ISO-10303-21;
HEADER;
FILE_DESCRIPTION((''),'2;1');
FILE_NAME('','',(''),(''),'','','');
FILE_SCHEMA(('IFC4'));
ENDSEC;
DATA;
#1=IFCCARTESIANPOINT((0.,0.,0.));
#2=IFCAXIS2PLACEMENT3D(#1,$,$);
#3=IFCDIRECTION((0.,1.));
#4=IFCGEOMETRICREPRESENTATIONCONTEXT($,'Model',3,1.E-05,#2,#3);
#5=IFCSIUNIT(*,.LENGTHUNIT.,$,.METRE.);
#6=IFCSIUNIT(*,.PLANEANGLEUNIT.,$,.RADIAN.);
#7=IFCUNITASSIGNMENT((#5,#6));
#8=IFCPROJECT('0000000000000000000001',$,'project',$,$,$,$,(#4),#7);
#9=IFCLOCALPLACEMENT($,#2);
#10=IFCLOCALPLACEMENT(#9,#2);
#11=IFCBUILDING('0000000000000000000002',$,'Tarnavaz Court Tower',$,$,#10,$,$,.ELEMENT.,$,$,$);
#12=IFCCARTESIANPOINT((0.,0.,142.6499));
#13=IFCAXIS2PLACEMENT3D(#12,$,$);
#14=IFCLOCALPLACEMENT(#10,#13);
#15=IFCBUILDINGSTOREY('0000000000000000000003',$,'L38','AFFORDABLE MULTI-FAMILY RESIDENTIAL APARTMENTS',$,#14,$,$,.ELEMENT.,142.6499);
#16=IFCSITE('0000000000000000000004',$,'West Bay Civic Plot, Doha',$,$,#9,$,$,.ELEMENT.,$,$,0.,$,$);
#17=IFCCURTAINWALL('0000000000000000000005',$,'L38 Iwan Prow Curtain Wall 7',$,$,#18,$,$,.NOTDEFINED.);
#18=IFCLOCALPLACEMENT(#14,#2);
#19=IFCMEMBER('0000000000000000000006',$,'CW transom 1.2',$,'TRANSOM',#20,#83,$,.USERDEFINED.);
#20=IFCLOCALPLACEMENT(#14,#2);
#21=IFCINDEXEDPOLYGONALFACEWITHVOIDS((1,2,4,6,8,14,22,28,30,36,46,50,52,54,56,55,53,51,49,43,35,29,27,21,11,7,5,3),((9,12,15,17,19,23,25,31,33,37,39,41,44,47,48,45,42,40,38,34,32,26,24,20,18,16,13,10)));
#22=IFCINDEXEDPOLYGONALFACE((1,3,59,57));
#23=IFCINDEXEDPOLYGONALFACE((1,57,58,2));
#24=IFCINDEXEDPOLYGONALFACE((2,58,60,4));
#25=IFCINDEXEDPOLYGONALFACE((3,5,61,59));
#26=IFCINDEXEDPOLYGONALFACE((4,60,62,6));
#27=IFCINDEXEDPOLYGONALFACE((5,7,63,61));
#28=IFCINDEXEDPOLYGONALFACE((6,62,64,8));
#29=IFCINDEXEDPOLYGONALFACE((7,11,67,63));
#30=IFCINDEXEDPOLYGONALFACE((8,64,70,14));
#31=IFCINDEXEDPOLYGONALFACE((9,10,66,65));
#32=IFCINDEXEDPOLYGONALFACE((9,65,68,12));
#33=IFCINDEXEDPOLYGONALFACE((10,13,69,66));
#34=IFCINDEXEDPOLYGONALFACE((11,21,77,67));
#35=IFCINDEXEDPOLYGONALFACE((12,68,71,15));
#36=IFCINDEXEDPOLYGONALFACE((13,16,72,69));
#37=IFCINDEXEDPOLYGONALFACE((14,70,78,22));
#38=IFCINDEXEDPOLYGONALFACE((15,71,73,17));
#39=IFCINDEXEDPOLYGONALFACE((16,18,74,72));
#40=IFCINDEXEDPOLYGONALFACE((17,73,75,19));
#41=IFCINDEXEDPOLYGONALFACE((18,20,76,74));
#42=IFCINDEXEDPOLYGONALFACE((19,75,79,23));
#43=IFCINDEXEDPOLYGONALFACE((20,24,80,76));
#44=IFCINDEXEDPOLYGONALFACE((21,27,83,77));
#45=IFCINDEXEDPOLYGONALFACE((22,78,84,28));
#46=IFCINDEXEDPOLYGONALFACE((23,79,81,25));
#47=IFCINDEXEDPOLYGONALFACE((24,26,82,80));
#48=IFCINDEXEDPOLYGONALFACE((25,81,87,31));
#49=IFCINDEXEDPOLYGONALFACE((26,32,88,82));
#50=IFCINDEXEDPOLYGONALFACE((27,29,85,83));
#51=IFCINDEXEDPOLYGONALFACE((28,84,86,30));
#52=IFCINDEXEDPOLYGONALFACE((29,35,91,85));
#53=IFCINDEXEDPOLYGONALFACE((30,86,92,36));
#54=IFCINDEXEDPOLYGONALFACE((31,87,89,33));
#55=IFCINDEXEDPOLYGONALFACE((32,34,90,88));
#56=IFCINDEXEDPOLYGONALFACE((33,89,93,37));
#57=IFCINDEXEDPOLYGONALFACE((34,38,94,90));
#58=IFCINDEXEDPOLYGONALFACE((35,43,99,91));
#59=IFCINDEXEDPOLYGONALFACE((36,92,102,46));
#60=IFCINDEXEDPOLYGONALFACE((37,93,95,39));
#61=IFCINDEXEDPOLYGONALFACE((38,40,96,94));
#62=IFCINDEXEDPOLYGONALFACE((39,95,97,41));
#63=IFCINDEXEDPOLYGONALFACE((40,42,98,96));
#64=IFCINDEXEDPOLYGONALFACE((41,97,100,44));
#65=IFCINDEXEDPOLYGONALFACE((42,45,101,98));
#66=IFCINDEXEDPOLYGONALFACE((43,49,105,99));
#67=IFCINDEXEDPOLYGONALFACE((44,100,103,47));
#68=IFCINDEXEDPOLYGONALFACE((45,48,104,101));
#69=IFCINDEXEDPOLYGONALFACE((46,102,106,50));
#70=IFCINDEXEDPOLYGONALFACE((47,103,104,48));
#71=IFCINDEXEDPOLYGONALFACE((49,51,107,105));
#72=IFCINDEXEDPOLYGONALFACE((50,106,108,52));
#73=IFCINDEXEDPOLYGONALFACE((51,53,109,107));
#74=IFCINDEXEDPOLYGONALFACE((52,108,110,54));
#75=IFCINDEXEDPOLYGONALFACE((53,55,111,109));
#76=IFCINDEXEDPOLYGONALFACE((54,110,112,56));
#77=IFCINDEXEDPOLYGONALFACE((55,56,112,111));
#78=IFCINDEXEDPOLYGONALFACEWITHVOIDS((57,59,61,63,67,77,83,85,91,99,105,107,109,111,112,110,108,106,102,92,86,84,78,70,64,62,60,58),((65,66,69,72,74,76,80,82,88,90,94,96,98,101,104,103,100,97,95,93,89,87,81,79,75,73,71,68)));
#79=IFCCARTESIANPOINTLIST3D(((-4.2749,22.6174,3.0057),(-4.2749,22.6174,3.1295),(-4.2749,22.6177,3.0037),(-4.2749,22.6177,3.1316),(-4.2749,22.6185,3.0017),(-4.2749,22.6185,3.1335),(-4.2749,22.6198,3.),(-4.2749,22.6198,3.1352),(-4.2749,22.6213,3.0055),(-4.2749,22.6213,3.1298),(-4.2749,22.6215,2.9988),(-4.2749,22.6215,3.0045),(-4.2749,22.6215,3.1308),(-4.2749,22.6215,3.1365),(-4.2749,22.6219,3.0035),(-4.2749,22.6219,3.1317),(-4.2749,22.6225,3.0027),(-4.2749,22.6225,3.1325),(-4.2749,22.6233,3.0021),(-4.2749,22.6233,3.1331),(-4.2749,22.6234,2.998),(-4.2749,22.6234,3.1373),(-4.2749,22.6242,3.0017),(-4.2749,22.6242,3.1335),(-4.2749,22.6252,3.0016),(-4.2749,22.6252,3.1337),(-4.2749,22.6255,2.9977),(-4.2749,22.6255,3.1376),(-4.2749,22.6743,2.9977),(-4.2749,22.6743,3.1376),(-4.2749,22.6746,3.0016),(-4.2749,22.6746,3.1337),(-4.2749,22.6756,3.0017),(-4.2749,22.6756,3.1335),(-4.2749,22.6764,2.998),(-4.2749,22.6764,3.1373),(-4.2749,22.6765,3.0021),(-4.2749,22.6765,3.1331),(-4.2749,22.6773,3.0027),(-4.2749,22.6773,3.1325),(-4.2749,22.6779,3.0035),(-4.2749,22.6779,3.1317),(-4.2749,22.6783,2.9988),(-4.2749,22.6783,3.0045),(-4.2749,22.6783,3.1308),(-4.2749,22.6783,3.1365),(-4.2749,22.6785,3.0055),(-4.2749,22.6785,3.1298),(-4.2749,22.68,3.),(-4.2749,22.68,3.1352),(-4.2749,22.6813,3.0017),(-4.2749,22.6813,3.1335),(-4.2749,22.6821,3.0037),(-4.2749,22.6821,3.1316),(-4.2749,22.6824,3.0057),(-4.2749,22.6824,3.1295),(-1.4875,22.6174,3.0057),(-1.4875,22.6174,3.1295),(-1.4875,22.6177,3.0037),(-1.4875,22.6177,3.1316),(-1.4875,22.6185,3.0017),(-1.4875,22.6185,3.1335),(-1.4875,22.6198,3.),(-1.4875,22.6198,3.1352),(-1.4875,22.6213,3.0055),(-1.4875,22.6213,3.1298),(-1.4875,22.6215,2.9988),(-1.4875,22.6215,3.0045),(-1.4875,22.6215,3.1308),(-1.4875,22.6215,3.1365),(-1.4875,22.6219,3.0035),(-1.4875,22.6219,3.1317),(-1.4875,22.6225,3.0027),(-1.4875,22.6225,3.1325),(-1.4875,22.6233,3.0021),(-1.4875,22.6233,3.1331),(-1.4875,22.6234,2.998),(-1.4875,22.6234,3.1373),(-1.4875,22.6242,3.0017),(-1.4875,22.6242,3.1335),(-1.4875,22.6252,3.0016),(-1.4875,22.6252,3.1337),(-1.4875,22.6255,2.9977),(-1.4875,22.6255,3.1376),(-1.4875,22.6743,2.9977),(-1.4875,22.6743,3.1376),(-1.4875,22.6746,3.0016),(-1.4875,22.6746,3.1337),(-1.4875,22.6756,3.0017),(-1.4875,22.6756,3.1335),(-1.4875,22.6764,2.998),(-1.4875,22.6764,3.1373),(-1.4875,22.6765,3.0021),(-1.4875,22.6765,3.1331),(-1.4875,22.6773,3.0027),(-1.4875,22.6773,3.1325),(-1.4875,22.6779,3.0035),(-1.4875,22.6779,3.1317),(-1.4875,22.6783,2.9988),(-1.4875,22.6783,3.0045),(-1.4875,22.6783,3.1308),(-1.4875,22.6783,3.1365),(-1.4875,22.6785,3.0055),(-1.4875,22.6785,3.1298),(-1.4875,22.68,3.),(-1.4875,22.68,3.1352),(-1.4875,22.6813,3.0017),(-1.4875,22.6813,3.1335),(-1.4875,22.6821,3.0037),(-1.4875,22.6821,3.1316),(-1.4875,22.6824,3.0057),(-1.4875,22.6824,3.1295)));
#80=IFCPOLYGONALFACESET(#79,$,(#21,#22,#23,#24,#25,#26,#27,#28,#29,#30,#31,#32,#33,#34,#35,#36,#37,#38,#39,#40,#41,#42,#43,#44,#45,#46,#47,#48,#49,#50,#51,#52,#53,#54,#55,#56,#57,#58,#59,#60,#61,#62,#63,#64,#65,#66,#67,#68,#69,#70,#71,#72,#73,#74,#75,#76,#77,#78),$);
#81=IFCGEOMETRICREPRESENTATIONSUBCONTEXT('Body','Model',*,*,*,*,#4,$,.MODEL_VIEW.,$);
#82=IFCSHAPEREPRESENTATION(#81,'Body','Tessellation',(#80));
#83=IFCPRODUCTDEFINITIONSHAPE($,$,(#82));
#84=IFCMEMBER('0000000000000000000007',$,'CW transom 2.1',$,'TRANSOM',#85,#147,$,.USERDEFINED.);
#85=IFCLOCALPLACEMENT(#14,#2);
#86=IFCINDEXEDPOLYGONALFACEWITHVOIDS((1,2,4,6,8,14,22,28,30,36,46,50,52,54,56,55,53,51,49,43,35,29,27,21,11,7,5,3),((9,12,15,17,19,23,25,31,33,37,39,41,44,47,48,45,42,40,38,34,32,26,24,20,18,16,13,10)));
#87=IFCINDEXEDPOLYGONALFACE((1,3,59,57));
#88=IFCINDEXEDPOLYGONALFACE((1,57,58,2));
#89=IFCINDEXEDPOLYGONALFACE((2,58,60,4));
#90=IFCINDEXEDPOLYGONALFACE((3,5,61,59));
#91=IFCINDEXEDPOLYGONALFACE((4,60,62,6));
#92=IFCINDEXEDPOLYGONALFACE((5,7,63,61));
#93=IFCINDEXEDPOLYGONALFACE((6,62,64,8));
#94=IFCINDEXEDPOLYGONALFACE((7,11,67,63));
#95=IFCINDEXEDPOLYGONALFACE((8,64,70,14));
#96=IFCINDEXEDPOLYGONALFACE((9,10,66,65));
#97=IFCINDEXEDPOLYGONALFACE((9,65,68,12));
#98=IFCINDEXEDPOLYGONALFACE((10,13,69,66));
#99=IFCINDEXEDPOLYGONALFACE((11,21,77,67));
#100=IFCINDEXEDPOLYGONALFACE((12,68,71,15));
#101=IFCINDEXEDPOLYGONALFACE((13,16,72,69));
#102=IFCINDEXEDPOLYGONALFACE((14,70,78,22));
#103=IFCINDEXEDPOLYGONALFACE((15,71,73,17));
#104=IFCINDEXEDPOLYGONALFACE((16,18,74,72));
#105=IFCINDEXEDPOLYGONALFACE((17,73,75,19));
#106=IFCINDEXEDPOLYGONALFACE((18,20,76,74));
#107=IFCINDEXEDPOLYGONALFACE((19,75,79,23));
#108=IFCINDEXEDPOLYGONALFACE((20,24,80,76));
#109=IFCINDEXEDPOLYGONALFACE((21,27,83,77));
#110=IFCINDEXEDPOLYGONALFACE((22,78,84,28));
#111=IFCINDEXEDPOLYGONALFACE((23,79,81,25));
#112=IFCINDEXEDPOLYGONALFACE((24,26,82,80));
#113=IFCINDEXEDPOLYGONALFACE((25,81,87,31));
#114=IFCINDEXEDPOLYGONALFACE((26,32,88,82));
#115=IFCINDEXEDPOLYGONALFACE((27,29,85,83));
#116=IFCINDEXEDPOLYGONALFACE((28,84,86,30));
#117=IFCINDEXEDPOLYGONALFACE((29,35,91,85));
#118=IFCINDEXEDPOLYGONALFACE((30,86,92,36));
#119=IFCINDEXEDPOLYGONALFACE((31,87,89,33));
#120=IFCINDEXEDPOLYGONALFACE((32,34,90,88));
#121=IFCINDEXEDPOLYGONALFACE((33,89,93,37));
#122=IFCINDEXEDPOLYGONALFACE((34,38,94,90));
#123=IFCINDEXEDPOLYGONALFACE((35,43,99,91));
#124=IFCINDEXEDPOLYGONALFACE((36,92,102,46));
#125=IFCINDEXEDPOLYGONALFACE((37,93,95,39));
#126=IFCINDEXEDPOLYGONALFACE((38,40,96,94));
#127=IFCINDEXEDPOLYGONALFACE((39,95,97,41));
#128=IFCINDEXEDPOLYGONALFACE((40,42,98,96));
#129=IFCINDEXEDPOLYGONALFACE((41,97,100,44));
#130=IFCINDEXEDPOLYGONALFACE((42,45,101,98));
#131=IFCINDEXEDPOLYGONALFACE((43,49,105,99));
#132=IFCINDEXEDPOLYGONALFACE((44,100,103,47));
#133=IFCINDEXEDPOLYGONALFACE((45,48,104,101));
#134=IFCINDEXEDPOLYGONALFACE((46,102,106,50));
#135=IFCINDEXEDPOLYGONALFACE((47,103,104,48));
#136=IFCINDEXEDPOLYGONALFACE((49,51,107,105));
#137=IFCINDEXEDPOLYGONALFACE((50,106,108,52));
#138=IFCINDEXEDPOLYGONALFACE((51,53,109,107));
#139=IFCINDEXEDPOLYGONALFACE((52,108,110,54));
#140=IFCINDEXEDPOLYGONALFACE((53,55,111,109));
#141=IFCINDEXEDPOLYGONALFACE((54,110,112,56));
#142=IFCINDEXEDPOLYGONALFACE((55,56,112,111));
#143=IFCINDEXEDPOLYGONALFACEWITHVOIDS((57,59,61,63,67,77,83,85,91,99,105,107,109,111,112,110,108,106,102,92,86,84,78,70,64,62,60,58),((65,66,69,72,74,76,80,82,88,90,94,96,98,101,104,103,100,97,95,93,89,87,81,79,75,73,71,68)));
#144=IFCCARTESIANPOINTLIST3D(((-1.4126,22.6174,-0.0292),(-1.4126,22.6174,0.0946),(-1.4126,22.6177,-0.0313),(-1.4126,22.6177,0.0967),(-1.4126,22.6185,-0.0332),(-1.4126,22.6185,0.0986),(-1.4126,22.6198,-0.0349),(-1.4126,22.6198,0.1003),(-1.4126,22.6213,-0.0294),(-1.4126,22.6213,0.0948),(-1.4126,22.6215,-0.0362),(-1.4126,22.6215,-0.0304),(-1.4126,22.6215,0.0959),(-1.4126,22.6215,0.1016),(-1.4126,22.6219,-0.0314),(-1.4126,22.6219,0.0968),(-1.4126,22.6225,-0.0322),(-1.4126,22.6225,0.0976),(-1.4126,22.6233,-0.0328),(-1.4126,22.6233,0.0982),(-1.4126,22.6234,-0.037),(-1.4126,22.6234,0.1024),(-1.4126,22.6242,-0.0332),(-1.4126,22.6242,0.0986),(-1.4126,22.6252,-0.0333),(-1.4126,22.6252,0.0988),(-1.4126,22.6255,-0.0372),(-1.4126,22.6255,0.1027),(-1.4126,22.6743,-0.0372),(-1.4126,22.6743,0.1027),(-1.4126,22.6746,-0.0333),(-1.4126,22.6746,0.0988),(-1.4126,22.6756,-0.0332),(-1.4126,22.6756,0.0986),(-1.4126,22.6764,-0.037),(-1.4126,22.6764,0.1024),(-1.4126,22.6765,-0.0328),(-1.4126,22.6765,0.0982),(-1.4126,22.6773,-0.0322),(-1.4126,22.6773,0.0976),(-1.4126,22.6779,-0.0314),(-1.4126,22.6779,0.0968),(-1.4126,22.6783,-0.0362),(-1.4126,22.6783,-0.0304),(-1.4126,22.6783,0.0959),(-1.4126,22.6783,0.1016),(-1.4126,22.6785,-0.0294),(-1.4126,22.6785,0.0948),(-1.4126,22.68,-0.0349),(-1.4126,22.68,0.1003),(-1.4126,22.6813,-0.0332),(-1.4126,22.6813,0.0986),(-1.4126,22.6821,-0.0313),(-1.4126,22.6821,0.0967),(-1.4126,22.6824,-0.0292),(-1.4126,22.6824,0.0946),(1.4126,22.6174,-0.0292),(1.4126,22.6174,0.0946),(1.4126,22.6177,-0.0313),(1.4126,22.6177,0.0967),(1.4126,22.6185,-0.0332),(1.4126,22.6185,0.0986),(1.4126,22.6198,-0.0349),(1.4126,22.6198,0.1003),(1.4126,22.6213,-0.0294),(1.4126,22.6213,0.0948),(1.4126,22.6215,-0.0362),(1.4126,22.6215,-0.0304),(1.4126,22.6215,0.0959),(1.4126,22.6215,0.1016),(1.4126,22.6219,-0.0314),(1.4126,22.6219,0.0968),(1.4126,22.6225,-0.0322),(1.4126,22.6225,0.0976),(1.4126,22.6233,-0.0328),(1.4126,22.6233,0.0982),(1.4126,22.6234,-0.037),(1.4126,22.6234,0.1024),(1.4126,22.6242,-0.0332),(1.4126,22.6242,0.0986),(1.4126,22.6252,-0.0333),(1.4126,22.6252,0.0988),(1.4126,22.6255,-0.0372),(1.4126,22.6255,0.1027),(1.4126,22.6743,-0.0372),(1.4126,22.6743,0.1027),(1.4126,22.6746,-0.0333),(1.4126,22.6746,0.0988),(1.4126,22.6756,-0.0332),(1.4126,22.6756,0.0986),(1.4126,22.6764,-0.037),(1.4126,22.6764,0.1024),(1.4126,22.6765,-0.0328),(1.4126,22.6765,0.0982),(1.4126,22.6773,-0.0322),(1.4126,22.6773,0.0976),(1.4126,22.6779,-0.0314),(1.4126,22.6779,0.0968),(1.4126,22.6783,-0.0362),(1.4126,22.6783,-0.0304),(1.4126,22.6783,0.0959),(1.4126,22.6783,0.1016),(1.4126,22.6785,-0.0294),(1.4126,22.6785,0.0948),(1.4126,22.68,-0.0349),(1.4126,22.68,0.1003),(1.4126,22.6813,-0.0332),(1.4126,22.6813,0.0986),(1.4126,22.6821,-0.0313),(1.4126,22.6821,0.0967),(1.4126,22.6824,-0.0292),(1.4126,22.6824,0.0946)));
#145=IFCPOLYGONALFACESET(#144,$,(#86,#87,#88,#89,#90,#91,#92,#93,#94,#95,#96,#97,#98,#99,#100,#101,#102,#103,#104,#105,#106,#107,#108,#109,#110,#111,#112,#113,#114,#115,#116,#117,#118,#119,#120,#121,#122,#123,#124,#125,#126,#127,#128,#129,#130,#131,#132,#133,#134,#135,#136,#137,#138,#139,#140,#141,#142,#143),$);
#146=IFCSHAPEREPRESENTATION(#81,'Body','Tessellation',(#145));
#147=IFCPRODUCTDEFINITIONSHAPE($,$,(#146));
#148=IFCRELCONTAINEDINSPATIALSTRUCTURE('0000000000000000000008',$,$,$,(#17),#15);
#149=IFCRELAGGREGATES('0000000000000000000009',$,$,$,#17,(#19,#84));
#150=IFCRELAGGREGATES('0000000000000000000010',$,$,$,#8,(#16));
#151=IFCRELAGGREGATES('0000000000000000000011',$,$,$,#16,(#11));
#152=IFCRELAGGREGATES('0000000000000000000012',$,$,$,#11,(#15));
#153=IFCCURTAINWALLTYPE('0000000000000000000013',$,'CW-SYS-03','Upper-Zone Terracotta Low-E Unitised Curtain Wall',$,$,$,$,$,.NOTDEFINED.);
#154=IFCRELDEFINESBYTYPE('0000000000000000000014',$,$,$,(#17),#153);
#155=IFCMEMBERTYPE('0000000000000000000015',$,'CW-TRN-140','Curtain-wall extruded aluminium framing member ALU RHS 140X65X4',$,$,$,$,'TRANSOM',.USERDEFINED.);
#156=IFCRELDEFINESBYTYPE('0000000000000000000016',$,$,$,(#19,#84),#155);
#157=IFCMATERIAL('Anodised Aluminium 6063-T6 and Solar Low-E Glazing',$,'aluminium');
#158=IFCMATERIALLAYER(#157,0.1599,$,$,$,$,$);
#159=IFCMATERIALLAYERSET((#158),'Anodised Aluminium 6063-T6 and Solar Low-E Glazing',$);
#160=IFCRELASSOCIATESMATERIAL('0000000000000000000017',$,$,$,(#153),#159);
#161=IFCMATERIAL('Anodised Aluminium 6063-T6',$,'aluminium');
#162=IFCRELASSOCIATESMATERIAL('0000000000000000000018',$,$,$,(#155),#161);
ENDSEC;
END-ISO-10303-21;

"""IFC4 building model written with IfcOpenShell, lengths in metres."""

from ifc_helpers import new_model, si_unit, direction, frame, origin, origin_2d, place, context, subcontext, project, spatial, hollow_rectangle, extrude, material, layer, layer_set, material_profile, profile_set, type_object, element, aggregate, save


model = new_model("IFC4")

# Units and contexts
model_context = context("Model", 3, precision=1e-05, world=origin(), true_north=direction((0.0, 1.0)))
body_context = subcontext(model_context, "Body", "Model", "MODEL_VIEW")
ifc_project = project(units=[si_unit("LENGTHUNIT", "METRE"), si_unit("PLANEANGLEUNIT", "RADIAN")], contexts=[model_context])

# Site, building, storey
site_placement = place(None, origin())
site = spatial("IfcSite", under=ifc_project, at=site_placement, Name="West Bay Civic Plot, Doha", CompositionType="ELEMENT", RefElevation=0.0)
building_placement = place(site_placement, origin())
building = spatial("IfcBuilding", under=site, at=building_placement, Name="Tarnavaz Court Tower", CompositionType="ELEMENT")
storey_placement = place(building_placement, frame((0.0, 0.0, 142.6499)))
storey = spatial("IfcBuildingStorey", under=building, at=storey_placement, Name="L38", Description="AFFORDABLE MULTI-FAMILY RESIDENTIAL APARTMENTS", CompositionType="ELEMENT", Elevation=142.6499)

# Curtain wall, members
ifc_material_1 = material(Name="Anodised Aluminium 6063-T6 and Solar Low-E Glazing", Category="aluminium")
ifc_layer_1 = layer(ifc_material_1, 0.1599)
ifc_layer_set_1 = layer_set([ifc_layer_1], Name="Anodised Aluminium 6063-T6 and Solar Low-E Glazing")
curtain_wall_type = type_object("IfcCurtainWallType", Name="CW-SYS-03", Description="Upper-Zone Terracotta Low-E Unitised Curtain Wall", PredefinedType="NOTDEFINED", material=ifc_layer_set_1)
curtain_wall_placement = place(storey_placement, origin())
curtain_wall = element("IfcCurtainWall", 1, at=curtain_wall_placement, inside=storey, type_object=curtain_wall_type, Name="L38 Iwan Prow Curtain Wall 7", PredefinedType="NOTDEFINED")
ifc_material_2 = material(Name="Anodised Aluminium 6063-T6", Category="aluminium")
ifc_material_profile_1 = material_profile(ifc_material_2, hollow_rectangle(XDim=0.0649, YDim=0.1399, WallThickness=0.0039, InnerFilletRadius=0.0039, OuterFilletRadius=0.0081, at=origin_2d()), Name="ALU RHS 140X65X4")
ifc_profile_set_1 = profile_set([ifc_material_profile_1], Name="Anodised Aluminium 6063-T6")
member_type_1 = type_object("IfcMemberType", Name="CW-TRN-140", Description="Curtain-wall extruded aluminium framing member ALU RHS 140X65X4", ElementType="TRANSOM", PredefinedType="USERDEFINED", material=ifc_profile_set_1)
member_1_placement = place(storey_placement, frame((-4.2749, 22.6499, 3.0676), z_axis=(1.0, 0.0, 0.0), x_axis=(0.0, 1.0, 0.0)))
member_1 = element("IfcMember", 2, at=member_1_placement, type_object=member_type_1, Name="CW transom 1.2", ObjectType="TRANSOM", PredefinedType="USERDEFINED", context=body_context, shape_type="SweptSolid", body=[
    extrude(hollow_rectangle(XDim=0.0649, YDim=0.1399, WallThickness=0.0039, InnerFilletRadius=0.0039, OuterFilletRadius=0.0081, at=origin_2d()), origin(), (0.0, 0.0, 1.0), 2.7874),
])
member_2_placement = place(storey_placement, frame((-1.4126, 22.6499, 0.0327), z_axis=(1.0, 0.0, 0.0), x_axis=(0.0, 1.0, 0.0)))
member_2 = element("IfcMember", 3, at=member_2_placement, type_object=member_type_1, Name="CW transom 2.1", ObjectType="TRANSOM", PredefinedType="USERDEFINED", context=body_context, shape_type="SweptSolid", body=[
    extrude(hollow_rectangle(XDim=0.0649, YDim=0.1399, WallThickness=0.0039, InnerFilletRadius=0.0039, OuterFilletRadius=0.0081, at=origin_2d()), origin(), (0.0, 0.0, 1.0), 2.8252),
])
aggregate(curtain_wall, [member_1, member_2])

save(model, "model.ifc")
